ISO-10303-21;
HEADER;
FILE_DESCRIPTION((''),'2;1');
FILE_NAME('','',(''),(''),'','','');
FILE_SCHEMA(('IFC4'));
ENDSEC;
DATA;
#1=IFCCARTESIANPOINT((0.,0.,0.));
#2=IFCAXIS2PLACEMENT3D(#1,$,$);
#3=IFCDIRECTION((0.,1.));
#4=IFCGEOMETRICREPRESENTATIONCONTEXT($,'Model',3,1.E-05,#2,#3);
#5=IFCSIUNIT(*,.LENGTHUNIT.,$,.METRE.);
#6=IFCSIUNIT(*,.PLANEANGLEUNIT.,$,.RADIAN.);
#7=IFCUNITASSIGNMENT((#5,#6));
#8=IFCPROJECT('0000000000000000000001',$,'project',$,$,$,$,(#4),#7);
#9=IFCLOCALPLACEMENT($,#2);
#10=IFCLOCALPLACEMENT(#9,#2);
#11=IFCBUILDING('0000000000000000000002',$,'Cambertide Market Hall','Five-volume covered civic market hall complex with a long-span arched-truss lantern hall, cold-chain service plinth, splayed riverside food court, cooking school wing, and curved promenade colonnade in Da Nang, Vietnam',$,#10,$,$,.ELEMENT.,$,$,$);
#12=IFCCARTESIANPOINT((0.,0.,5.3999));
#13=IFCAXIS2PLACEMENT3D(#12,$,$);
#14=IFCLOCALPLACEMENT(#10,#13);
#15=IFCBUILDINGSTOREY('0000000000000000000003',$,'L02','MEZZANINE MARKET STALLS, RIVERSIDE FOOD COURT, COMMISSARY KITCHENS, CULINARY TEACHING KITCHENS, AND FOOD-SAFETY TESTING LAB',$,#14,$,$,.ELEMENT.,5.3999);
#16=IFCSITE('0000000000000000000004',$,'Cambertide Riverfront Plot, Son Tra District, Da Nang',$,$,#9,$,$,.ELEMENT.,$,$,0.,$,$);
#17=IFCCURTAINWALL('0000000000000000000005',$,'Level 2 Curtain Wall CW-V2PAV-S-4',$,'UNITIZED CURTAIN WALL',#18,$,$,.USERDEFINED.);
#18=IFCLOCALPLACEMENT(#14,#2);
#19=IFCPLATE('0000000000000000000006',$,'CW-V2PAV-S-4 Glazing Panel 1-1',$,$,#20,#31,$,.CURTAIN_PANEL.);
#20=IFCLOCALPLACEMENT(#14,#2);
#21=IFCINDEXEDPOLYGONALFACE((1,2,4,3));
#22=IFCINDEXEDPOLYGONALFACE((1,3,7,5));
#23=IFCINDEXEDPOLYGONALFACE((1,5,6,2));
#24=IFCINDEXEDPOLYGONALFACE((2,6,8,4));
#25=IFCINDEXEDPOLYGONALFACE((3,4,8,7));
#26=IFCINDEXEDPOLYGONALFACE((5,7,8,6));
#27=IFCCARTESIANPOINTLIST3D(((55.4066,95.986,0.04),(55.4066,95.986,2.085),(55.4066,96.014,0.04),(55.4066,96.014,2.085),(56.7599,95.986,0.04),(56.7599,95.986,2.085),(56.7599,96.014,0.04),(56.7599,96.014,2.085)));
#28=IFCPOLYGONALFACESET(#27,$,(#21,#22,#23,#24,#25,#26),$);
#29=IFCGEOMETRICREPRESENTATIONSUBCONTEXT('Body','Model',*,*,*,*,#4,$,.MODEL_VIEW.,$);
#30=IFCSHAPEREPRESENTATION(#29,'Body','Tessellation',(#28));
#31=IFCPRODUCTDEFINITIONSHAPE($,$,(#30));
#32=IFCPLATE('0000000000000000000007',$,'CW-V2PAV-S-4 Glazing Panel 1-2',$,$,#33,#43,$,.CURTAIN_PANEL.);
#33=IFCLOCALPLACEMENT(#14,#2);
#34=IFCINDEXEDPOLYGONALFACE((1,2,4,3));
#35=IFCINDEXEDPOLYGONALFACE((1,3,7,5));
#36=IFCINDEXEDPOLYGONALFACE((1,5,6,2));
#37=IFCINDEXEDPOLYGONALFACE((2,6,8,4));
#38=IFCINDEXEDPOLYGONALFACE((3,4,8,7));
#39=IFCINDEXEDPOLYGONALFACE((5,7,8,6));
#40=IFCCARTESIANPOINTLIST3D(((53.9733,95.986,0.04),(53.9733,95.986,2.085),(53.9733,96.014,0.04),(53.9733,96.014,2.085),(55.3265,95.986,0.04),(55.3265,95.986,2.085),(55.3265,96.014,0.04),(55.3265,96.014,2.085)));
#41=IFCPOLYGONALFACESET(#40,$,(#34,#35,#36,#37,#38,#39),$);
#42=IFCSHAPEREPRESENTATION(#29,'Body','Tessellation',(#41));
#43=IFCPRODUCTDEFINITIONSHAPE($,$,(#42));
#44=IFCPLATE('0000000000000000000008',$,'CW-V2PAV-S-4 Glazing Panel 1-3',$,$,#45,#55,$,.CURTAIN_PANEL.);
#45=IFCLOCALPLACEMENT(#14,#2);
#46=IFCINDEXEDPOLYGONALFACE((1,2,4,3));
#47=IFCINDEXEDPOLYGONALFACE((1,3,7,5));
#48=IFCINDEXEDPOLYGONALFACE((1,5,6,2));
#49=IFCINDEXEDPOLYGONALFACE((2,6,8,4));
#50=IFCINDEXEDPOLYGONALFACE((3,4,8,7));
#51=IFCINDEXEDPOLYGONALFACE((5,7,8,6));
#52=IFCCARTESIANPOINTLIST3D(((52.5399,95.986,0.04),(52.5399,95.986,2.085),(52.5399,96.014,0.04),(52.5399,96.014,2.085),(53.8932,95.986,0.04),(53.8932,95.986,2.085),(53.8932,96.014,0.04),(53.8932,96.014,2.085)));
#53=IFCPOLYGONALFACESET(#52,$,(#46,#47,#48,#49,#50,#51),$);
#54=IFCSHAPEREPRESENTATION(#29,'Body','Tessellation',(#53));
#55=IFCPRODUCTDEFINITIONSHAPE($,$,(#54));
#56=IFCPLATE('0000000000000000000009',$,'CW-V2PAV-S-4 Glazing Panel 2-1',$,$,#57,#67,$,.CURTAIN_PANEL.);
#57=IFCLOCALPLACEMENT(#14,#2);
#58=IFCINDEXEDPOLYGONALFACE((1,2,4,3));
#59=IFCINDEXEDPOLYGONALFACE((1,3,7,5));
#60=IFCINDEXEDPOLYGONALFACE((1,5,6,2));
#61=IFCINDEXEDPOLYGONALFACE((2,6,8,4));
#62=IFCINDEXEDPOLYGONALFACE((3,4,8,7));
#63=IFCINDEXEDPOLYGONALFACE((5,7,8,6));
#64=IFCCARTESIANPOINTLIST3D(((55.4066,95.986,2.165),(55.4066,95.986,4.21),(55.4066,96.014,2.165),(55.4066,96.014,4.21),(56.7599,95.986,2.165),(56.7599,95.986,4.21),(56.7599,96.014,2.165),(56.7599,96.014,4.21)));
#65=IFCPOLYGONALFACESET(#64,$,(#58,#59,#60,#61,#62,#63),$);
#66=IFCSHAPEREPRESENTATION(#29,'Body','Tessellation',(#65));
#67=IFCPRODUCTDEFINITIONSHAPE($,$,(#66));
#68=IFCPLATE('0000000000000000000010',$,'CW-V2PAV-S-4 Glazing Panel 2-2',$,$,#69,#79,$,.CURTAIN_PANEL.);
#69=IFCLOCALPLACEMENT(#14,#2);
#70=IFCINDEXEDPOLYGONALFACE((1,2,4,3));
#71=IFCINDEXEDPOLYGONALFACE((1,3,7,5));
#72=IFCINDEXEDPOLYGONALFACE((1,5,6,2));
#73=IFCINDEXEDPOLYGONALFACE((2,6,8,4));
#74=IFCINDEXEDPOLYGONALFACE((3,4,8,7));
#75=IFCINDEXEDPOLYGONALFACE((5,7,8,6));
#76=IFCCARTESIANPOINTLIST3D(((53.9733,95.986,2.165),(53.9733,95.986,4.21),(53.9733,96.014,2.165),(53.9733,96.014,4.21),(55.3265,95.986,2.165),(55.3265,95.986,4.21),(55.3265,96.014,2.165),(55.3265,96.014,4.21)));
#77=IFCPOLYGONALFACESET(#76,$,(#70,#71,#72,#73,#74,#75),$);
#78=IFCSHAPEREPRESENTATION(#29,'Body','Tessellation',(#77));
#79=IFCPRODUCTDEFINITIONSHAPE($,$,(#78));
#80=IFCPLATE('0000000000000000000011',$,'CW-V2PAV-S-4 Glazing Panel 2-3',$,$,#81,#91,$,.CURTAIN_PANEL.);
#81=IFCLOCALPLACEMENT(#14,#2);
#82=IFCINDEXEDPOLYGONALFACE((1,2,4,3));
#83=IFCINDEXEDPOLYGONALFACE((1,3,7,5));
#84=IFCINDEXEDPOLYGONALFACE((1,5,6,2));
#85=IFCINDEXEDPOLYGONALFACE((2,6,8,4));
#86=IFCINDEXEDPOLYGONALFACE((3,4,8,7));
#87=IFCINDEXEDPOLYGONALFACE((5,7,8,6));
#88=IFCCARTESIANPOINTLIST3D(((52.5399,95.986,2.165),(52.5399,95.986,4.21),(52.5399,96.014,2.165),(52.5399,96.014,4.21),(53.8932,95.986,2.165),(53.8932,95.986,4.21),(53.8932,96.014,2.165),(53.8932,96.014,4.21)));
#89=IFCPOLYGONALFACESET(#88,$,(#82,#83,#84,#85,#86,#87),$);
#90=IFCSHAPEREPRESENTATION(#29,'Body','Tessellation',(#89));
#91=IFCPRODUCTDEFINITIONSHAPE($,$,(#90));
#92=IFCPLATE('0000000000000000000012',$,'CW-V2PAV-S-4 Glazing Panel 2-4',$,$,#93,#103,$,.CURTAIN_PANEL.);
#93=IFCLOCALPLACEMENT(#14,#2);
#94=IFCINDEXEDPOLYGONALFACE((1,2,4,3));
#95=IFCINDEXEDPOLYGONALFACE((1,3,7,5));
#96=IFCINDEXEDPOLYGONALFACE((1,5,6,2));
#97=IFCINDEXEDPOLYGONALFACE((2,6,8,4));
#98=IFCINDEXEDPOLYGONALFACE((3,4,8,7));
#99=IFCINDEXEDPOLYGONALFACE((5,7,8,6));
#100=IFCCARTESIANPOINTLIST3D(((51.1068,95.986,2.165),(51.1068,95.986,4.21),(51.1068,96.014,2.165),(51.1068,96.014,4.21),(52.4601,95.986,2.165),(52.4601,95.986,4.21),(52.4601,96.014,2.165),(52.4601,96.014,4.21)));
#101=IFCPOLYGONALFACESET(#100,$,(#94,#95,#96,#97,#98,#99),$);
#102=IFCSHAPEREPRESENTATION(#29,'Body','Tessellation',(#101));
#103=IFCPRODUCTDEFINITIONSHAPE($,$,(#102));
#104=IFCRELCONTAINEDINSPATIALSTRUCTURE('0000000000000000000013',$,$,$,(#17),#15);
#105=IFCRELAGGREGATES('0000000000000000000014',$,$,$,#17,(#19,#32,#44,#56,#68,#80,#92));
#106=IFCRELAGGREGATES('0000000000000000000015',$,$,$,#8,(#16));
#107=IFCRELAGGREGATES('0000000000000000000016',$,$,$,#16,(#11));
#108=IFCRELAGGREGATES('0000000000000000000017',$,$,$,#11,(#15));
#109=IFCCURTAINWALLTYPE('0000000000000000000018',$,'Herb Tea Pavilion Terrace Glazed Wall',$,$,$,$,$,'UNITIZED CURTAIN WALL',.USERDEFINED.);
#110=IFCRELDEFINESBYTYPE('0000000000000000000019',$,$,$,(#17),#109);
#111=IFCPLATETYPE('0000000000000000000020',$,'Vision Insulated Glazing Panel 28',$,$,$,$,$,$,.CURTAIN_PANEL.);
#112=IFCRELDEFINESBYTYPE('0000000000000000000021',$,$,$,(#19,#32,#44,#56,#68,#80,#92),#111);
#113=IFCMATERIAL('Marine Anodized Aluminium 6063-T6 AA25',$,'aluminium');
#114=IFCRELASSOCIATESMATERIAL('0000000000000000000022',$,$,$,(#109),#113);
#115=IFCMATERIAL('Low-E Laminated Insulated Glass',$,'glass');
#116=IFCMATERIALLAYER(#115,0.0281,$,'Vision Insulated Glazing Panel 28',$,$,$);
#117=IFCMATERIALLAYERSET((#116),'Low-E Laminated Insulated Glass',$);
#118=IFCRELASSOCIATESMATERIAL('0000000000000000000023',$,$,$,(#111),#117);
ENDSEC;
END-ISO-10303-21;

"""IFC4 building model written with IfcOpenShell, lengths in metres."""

from ifc_helpers import new_model, si_unit, direction, frame, origin, origin_2d, place, context, subcontext, project, spatial, rectangle, extrude, material, layer, layer_set, type_object, element, aggregate, save


model = new_model("IFC4")

# Units and contexts
model_context = context("Model", 3, precision=1e-05, world=origin(), true_north=direction((0.0, 1.0)))
body_context = subcontext(model_context, "Body", "Model", "MODEL_VIEW")
ifc_project = project(units=[si_unit("LENGTHUNIT", "METRE"), si_unit("PLANEANGLEUNIT", "RADIAN")], contexts=[model_context])

# Site, building, storey
site_placement = place(None, origin())
site = spatial("IfcSite", under=ifc_project, at=site_placement, Name="Cambertide Riverfront Plot, Son Tra District, Da Nang", CompositionType="ELEMENT", RefElevation=0.0)
building_placement = place(site_placement, origin())
building = spatial("IfcBuilding", under=site, at=building_placement, Name="Cambertide Market Hall", Description="Five-volume covered civic market hall complex with a long-span arched-truss lantern hall, cold-chain service plinth, splayed riverside food court, cooking school wing, and curved promenade colonnade in Da Nang, Vietnam", CompositionType="ELEMENT")
storey_placement = place(building_placement, frame((0.0, 0.0, 5.3999)))
storey = spatial("IfcBuildingStorey", under=building, at=storey_placement, Name="L02", Description="MEZZANINE MARKET STALLS, RIVERSIDE FOOD COURT, COMMISSARY KITCHENS, CULINARY TEACHING KITCHENS, AND FOOD-SAFETY TESTING LAB", CompositionType="ELEMENT", Elevation=5.3999)

# Curtain wall
ifc_material_1 = material(Name="Marine Anodized Aluminium 6063-T6 AA25", Category="aluminium")
curtain_wall_type = type_object("IfcCurtainWallType", Name="Herb Tea Pavilion Terrace Glazed Wall", ElementType="UNITIZED CURTAIN WALL", PredefinedType="USERDEFINED", material=ifc_material_1)
curtain_wall_1_placement = place(storey_placement, origin())
curtain_wall_1 = element("IfcCurtainWall", 1, at=curtain_wall_1_placement, inside=storey, type_object=curtain_wall_type, Name="Level 2 Curtain Wall CW-V2PAV-S-4", ObjectType="UNITIZED CURTAIN WALL", PredefinedType="USERDEFINED")

# Plates
ifc_material_2 = material(Name="Low-E Laminated Insulated Glass", Category="glass")
ifc_layer = layer(ifc_material_2, 0.0281, Name="Vision Insulated Glazing Panel 28")
ifc_layer_set = layer_set([ifc_layer], Name="Low-E Laminated Insulated Glass")
plate_type = type_object("IfcPlateType", Name="Vision Insulated Glazing Panel 28", PredefinedType="CURTAIN_PANEL", material=ifc_layer_set)
plate_1_placement = place(storey_placement, frame((56.0833, 96.0, 0.04), z_axis=(0.0, 0.0, 1.0), x_axis=(-1.0, 0.0, 0.0)))
plate_1 = element("IfcPlate", 2, at=plate_1_placement, type_object=plate_type, Name="CW-V2PAV-S-4 Glazing Panel 1-1", PredefinedType="CURTAIN_PANEL", context=body_context, shape_type="SweptSolid", body=[
    extrude(rectangle(XDim=1.3533, YDim=0.0281, at=origin_2d()), origin(), (0.0, 0.0, 1.0), 2.0449),
])
plate_2_placement = place(storey_placement, frame((54.6499, 96.0, 0.04), z_axis=(0.0, 0.0, 1.0), x_axis=(-1.0, 0.0, 0.0)))
plate_2 = element("IfcPlate", 3, at=plate_2_placement, type_object=plate_type, Name="CW-V2PAV-S-4 Glazing Panel 1-2", PredefinedType="CURTAIN_PANEL", context=body_context, shape_type="SweptSolid", body=[
    extrude(rectangle(XDim=1.3533, YDim=0.0281, at=origin_2d()), origin(), (0.0, 0.0, 1.0), 2.0449),
])
plate_3_placement = place(storey_placement, frame((53.2166, 96.0, 0.04), z_axis=(0.0, 0.0, 1.0), x_axis=(-1.0, 0.0, 0.0)))
plate_3 = element("IfcPlate", 4, at=plate_3_placement, type_object=plate_type, Name="CW-V2PAV-S-4 Glazing Panel 1-3", PredefinedType="CURTAIN_PANEL", context=body_context, shape_type="SweptSolid", body=[
    extrude(rectangle(XDim=1.3533, YDim=0.0281, at=origin_2d()), origin(), (0.0, 0.0, 1.0), 2.0449),
])
plate_4_placement = place(storey_placement, frame((56.0833, 96.0, 2.165), z_axis=(0.0, 0.0, 1.0), x_axis=(-1.0, 0.0, 0.0)))
plate_4 = element("IfcPlate", 5, at=plate_4_placement, type_object=plate_type, Name="CW-V2PAV-S-4 Glazing Panel 2-1", PredefinedType="CURTAIN_PANEL", context=body_context, shape_type="SweptSolid", body=[
    extrude(rectangle(XDim=1.3533, YDim=0.0281, at=origin_2d()), origin(), (0.0, 0.0, 1.0), 2.0449),
])
plate_5_placement = place(storey_placement, frame((54.6499, 96.0, 2.165), z_axis=(0.0, 0.0, 1.0), x_axis=(-1.0, 0.0, 0.0)))
plate_5 = element("IfcPlate", 6, at=plate_5_placement, type_object=plate_type, Name="CW-V2PAV-S-4 Glazing Panel 2-2", PredefinedType="CURTAIN_PANEL", context=body_context, shape_type="SweptSolid", body=[
    extrude(rectangle(XDim=1.3533, YDim=0.0281, at=origin_2d()), origin(), (0.0, 0.0, 1.0), 2.0449),
])
plate_6_placement = place(storey_placement, frame((53.2166, 96.0, 2.165), z_axis=(0.0, 0.0, 1.0), x_axis=(-1.0, 0.0, 0.0)))
plate_6 = element("IfcPlate", 7, at=plate_6_placement, type_object=plate_type, Name="CW-V2PAV-S-4 Glazing Panel 2-3", PredefinedType="CURTAIN_PANEL", context=body_context, shape_type="SweptSolid", body=[
    extrude(rectangle(XDim=1.3533, YDim=0.0281, at=origin_2d()), origin(), (0.0, 0.0, 1.0), 2.0449),
])
plate_7_placement = place(storey_placement, frame((51.7834, 96.0, 2.165), z_axis=(0.0, 0.0, 1.0), x_axis=(-1.0, 0.0, 0.0)))
plate_7 = element("IfcPlate", 8, at=plate_7_placement, type_object=plate_type, Name="CW-V2PAV-S-4 Glazing Panel 2-4", PredefinedType="CURTAIN_PANEL", context=body_context, shape_type="SweptSolid", body=[
    extrude(rectangle(XDim=1.3533, YDim=0.0281, at=origin_2d()), origin(), (0.0, 0.0, 1.0), 2.0449),
])
aggregate(curtain_wall_1, [plate_1, plate_2, plate_3, plate_4, plate_5, plate_6, plate_7])

save(model, "model.ifc")
